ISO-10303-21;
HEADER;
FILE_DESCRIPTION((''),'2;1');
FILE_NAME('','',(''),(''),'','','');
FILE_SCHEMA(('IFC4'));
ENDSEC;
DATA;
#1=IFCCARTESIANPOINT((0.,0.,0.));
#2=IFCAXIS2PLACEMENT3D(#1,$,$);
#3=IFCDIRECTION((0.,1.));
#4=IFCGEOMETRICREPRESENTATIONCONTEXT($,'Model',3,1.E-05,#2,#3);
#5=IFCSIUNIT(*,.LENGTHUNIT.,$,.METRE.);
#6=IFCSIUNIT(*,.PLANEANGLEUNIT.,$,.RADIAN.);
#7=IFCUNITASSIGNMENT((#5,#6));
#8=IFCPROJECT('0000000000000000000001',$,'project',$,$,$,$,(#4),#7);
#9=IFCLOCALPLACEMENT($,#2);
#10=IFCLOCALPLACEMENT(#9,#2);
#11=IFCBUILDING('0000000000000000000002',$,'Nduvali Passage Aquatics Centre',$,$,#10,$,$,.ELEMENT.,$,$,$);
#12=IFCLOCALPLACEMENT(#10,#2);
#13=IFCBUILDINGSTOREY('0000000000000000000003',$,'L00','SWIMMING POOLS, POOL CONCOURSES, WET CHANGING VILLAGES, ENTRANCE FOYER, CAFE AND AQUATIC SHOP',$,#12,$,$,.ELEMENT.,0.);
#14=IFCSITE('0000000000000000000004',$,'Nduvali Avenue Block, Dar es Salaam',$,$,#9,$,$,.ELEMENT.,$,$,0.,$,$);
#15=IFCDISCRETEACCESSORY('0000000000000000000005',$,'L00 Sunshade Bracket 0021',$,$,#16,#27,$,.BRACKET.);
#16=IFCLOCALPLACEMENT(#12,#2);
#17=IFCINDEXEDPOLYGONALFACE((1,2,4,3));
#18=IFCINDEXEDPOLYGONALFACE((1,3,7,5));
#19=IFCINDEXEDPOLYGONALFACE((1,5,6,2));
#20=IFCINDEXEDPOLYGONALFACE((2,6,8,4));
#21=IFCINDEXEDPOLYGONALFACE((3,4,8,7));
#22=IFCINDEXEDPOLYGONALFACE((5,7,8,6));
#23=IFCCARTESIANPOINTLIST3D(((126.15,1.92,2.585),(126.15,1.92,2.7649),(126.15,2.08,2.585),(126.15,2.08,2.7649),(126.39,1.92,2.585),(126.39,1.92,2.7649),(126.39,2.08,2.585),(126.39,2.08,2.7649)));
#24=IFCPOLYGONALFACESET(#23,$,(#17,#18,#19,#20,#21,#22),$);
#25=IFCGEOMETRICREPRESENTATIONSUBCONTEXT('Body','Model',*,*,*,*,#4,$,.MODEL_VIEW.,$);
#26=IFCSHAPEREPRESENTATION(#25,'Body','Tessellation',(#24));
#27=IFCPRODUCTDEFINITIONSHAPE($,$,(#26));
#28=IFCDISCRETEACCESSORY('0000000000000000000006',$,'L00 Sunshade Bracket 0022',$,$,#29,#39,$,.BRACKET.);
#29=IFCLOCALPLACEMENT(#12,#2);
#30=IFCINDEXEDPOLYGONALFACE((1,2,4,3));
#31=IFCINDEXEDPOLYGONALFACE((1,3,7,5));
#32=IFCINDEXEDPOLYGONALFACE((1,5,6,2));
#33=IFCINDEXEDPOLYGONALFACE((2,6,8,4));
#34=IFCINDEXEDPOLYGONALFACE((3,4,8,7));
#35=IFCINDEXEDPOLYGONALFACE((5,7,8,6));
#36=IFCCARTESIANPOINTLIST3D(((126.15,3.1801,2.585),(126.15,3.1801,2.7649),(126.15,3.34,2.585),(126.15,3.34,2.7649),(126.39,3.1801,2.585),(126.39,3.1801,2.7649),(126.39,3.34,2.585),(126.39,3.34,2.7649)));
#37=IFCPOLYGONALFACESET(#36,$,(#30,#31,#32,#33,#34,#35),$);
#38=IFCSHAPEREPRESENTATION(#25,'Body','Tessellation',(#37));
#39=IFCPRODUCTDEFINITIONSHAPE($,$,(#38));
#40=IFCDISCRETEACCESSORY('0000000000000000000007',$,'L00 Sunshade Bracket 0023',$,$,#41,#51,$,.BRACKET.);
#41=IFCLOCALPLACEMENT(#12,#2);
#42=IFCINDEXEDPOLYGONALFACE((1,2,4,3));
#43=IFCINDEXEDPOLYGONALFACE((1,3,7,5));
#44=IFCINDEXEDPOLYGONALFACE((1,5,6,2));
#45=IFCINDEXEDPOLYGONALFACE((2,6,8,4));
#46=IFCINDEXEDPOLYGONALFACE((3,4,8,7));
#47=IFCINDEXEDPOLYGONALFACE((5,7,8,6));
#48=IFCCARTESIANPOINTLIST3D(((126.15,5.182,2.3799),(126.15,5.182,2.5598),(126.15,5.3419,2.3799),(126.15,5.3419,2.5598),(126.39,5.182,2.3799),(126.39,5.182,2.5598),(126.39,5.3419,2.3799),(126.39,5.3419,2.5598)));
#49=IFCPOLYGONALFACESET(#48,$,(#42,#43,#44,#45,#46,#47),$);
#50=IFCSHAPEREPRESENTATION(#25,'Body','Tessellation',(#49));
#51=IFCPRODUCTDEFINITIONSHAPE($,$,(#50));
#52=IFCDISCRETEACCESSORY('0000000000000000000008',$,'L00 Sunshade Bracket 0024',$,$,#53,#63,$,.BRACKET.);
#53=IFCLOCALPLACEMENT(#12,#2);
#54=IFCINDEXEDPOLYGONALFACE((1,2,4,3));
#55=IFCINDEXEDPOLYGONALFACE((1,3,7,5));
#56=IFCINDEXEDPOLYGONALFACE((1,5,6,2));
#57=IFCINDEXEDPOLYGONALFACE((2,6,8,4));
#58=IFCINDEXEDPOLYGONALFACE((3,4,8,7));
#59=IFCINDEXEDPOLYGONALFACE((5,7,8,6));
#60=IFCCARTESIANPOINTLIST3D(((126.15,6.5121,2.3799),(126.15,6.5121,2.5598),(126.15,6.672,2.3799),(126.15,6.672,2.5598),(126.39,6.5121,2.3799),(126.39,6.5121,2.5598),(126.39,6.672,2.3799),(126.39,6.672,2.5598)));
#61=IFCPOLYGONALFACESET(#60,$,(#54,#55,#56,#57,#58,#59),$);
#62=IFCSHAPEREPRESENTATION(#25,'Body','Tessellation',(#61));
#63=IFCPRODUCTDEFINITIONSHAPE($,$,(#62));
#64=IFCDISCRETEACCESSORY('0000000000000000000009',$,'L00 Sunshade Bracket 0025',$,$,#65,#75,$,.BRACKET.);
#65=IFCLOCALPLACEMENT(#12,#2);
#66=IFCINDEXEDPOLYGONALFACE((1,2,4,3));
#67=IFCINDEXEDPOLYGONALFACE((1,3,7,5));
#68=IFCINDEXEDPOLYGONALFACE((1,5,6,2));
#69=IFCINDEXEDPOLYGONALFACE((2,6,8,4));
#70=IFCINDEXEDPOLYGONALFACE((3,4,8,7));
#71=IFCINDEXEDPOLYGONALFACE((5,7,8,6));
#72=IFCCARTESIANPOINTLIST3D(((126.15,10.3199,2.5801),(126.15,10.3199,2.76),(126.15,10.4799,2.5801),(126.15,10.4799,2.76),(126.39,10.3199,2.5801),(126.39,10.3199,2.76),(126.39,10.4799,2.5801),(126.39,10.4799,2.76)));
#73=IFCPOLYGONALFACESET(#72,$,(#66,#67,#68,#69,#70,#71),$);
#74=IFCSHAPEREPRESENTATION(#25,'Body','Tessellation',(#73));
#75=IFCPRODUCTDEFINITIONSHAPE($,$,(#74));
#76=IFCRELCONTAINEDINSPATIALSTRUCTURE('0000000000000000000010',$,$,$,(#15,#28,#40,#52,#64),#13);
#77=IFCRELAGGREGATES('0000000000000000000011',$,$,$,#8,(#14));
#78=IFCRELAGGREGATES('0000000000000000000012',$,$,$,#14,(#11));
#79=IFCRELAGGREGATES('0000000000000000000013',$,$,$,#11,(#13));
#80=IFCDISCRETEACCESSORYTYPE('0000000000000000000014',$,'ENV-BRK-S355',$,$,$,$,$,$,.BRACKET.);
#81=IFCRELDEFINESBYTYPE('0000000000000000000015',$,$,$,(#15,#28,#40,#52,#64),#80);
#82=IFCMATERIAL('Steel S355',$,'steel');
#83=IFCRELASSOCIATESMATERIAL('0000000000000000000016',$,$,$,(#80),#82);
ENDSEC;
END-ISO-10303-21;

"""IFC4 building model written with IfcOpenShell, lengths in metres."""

from ifc_helpers import new_model, si_unit, direction, frame, origin, origin_2d, place, context, subcontext, project, spatial, rectangle, extrude, material, type_object, element, save


model = new_model("IFC4")

# Units and contexts
model_context = context("Model", 3, precision=1e-05, world=origin(), true_north=direction((0.0, 1.0)))
body_context = subcontext(model_context, "Body", "Model", "MODEL_VIEW")
ifc_project = project(units=[si_unit("LENGTHUNIT", "METRE"), si_unit("PLANEANGLEUNIT", "RADIAN")], contexts=[model_context])

# Site, building, storey
site_placement = place(None, origin())
site = spatial("IfcSite", under=ifc_project, at=site_placement, Name="Nduvali Avenue Block, Dar es Salaam", CompositionType="ELEMENT", RefElevation=0.0)
building_placement = place(site_placement, origin())
building = spatial("IfcBuilding", under=site, at=building_placement, Name="Nduvali Passage Aquatics Centre", CompositionType="ELEMENT")
storey_placement = place(building_placement, origin())
storey = spatial("IfcBuildingStorey", under=building, at=storey_placement, Name="L00", Description="SWIMMING POOLS, POOL CONCOURSES, WET CHANGING VILLAGES, ENTRANCE FOYER, CAFE AND AQUATIC SHOP", CompositionType="ELEMENT", Elevation=0.0)

# Shared definitions
ifc_material_1 = material(Name="Steel S355", Category="steel")

# Discrete accessories
discrete_accessory_type = type_object("IfcDiscreteAccessoryType", Name="ENV-BRK-S355", PredefinedType="BRACKET", material=ifc_material_1)
for number, where, z_axis, x_axis, name in (
    (1, (126.27, 2.0, 2.585), (0.0, 0.0, 1.0), (0.0, 1.0, 0.0), "L00 Sunshade Bracket 0021"),
    (2, (126.27, 3.26, 2.585), (0.0, 0.0, 1.0), (0.0, 1.0, 0.0), "L00 Sunshade Bracket 0022"),
    (3, (126.27, 5.262, 2.3799), (0.0, 0.0, 1.0), (0.0, 1.0, 0.0), "L00 Sunshade Bracket 0023"),
    (4, (126.27, 6.592, 2.3799), (0.0, 0.0, 1.0), (0.0, 1.0, 0.0), "L00 Sunshade Bracket 0024"),
    (5, (126.27, 10.3999, 2.5801), (0.0, 0.0, 1.0), (0.0, 1.0, 0.0), "L00 Sunshade Bracket 0025"),
):
    element("IfcDiscreteAccessory", number, at=place(storey_placement, frame(where, z_axis=z_axis, x_axis=x_axis)), inside=storey, type_object=discrete_accessory_type, Name=name, PredefinedType="BRACKET", context=body_context, shape_type="SweptSolid", body=[
        extrude(rectangle(XDim=0.1599, YDim=0.24, at=origin_2d()), origin(), (0.0, 0.0, 1.0), 0.1799),
    ])

save(model, "model.ifc")
